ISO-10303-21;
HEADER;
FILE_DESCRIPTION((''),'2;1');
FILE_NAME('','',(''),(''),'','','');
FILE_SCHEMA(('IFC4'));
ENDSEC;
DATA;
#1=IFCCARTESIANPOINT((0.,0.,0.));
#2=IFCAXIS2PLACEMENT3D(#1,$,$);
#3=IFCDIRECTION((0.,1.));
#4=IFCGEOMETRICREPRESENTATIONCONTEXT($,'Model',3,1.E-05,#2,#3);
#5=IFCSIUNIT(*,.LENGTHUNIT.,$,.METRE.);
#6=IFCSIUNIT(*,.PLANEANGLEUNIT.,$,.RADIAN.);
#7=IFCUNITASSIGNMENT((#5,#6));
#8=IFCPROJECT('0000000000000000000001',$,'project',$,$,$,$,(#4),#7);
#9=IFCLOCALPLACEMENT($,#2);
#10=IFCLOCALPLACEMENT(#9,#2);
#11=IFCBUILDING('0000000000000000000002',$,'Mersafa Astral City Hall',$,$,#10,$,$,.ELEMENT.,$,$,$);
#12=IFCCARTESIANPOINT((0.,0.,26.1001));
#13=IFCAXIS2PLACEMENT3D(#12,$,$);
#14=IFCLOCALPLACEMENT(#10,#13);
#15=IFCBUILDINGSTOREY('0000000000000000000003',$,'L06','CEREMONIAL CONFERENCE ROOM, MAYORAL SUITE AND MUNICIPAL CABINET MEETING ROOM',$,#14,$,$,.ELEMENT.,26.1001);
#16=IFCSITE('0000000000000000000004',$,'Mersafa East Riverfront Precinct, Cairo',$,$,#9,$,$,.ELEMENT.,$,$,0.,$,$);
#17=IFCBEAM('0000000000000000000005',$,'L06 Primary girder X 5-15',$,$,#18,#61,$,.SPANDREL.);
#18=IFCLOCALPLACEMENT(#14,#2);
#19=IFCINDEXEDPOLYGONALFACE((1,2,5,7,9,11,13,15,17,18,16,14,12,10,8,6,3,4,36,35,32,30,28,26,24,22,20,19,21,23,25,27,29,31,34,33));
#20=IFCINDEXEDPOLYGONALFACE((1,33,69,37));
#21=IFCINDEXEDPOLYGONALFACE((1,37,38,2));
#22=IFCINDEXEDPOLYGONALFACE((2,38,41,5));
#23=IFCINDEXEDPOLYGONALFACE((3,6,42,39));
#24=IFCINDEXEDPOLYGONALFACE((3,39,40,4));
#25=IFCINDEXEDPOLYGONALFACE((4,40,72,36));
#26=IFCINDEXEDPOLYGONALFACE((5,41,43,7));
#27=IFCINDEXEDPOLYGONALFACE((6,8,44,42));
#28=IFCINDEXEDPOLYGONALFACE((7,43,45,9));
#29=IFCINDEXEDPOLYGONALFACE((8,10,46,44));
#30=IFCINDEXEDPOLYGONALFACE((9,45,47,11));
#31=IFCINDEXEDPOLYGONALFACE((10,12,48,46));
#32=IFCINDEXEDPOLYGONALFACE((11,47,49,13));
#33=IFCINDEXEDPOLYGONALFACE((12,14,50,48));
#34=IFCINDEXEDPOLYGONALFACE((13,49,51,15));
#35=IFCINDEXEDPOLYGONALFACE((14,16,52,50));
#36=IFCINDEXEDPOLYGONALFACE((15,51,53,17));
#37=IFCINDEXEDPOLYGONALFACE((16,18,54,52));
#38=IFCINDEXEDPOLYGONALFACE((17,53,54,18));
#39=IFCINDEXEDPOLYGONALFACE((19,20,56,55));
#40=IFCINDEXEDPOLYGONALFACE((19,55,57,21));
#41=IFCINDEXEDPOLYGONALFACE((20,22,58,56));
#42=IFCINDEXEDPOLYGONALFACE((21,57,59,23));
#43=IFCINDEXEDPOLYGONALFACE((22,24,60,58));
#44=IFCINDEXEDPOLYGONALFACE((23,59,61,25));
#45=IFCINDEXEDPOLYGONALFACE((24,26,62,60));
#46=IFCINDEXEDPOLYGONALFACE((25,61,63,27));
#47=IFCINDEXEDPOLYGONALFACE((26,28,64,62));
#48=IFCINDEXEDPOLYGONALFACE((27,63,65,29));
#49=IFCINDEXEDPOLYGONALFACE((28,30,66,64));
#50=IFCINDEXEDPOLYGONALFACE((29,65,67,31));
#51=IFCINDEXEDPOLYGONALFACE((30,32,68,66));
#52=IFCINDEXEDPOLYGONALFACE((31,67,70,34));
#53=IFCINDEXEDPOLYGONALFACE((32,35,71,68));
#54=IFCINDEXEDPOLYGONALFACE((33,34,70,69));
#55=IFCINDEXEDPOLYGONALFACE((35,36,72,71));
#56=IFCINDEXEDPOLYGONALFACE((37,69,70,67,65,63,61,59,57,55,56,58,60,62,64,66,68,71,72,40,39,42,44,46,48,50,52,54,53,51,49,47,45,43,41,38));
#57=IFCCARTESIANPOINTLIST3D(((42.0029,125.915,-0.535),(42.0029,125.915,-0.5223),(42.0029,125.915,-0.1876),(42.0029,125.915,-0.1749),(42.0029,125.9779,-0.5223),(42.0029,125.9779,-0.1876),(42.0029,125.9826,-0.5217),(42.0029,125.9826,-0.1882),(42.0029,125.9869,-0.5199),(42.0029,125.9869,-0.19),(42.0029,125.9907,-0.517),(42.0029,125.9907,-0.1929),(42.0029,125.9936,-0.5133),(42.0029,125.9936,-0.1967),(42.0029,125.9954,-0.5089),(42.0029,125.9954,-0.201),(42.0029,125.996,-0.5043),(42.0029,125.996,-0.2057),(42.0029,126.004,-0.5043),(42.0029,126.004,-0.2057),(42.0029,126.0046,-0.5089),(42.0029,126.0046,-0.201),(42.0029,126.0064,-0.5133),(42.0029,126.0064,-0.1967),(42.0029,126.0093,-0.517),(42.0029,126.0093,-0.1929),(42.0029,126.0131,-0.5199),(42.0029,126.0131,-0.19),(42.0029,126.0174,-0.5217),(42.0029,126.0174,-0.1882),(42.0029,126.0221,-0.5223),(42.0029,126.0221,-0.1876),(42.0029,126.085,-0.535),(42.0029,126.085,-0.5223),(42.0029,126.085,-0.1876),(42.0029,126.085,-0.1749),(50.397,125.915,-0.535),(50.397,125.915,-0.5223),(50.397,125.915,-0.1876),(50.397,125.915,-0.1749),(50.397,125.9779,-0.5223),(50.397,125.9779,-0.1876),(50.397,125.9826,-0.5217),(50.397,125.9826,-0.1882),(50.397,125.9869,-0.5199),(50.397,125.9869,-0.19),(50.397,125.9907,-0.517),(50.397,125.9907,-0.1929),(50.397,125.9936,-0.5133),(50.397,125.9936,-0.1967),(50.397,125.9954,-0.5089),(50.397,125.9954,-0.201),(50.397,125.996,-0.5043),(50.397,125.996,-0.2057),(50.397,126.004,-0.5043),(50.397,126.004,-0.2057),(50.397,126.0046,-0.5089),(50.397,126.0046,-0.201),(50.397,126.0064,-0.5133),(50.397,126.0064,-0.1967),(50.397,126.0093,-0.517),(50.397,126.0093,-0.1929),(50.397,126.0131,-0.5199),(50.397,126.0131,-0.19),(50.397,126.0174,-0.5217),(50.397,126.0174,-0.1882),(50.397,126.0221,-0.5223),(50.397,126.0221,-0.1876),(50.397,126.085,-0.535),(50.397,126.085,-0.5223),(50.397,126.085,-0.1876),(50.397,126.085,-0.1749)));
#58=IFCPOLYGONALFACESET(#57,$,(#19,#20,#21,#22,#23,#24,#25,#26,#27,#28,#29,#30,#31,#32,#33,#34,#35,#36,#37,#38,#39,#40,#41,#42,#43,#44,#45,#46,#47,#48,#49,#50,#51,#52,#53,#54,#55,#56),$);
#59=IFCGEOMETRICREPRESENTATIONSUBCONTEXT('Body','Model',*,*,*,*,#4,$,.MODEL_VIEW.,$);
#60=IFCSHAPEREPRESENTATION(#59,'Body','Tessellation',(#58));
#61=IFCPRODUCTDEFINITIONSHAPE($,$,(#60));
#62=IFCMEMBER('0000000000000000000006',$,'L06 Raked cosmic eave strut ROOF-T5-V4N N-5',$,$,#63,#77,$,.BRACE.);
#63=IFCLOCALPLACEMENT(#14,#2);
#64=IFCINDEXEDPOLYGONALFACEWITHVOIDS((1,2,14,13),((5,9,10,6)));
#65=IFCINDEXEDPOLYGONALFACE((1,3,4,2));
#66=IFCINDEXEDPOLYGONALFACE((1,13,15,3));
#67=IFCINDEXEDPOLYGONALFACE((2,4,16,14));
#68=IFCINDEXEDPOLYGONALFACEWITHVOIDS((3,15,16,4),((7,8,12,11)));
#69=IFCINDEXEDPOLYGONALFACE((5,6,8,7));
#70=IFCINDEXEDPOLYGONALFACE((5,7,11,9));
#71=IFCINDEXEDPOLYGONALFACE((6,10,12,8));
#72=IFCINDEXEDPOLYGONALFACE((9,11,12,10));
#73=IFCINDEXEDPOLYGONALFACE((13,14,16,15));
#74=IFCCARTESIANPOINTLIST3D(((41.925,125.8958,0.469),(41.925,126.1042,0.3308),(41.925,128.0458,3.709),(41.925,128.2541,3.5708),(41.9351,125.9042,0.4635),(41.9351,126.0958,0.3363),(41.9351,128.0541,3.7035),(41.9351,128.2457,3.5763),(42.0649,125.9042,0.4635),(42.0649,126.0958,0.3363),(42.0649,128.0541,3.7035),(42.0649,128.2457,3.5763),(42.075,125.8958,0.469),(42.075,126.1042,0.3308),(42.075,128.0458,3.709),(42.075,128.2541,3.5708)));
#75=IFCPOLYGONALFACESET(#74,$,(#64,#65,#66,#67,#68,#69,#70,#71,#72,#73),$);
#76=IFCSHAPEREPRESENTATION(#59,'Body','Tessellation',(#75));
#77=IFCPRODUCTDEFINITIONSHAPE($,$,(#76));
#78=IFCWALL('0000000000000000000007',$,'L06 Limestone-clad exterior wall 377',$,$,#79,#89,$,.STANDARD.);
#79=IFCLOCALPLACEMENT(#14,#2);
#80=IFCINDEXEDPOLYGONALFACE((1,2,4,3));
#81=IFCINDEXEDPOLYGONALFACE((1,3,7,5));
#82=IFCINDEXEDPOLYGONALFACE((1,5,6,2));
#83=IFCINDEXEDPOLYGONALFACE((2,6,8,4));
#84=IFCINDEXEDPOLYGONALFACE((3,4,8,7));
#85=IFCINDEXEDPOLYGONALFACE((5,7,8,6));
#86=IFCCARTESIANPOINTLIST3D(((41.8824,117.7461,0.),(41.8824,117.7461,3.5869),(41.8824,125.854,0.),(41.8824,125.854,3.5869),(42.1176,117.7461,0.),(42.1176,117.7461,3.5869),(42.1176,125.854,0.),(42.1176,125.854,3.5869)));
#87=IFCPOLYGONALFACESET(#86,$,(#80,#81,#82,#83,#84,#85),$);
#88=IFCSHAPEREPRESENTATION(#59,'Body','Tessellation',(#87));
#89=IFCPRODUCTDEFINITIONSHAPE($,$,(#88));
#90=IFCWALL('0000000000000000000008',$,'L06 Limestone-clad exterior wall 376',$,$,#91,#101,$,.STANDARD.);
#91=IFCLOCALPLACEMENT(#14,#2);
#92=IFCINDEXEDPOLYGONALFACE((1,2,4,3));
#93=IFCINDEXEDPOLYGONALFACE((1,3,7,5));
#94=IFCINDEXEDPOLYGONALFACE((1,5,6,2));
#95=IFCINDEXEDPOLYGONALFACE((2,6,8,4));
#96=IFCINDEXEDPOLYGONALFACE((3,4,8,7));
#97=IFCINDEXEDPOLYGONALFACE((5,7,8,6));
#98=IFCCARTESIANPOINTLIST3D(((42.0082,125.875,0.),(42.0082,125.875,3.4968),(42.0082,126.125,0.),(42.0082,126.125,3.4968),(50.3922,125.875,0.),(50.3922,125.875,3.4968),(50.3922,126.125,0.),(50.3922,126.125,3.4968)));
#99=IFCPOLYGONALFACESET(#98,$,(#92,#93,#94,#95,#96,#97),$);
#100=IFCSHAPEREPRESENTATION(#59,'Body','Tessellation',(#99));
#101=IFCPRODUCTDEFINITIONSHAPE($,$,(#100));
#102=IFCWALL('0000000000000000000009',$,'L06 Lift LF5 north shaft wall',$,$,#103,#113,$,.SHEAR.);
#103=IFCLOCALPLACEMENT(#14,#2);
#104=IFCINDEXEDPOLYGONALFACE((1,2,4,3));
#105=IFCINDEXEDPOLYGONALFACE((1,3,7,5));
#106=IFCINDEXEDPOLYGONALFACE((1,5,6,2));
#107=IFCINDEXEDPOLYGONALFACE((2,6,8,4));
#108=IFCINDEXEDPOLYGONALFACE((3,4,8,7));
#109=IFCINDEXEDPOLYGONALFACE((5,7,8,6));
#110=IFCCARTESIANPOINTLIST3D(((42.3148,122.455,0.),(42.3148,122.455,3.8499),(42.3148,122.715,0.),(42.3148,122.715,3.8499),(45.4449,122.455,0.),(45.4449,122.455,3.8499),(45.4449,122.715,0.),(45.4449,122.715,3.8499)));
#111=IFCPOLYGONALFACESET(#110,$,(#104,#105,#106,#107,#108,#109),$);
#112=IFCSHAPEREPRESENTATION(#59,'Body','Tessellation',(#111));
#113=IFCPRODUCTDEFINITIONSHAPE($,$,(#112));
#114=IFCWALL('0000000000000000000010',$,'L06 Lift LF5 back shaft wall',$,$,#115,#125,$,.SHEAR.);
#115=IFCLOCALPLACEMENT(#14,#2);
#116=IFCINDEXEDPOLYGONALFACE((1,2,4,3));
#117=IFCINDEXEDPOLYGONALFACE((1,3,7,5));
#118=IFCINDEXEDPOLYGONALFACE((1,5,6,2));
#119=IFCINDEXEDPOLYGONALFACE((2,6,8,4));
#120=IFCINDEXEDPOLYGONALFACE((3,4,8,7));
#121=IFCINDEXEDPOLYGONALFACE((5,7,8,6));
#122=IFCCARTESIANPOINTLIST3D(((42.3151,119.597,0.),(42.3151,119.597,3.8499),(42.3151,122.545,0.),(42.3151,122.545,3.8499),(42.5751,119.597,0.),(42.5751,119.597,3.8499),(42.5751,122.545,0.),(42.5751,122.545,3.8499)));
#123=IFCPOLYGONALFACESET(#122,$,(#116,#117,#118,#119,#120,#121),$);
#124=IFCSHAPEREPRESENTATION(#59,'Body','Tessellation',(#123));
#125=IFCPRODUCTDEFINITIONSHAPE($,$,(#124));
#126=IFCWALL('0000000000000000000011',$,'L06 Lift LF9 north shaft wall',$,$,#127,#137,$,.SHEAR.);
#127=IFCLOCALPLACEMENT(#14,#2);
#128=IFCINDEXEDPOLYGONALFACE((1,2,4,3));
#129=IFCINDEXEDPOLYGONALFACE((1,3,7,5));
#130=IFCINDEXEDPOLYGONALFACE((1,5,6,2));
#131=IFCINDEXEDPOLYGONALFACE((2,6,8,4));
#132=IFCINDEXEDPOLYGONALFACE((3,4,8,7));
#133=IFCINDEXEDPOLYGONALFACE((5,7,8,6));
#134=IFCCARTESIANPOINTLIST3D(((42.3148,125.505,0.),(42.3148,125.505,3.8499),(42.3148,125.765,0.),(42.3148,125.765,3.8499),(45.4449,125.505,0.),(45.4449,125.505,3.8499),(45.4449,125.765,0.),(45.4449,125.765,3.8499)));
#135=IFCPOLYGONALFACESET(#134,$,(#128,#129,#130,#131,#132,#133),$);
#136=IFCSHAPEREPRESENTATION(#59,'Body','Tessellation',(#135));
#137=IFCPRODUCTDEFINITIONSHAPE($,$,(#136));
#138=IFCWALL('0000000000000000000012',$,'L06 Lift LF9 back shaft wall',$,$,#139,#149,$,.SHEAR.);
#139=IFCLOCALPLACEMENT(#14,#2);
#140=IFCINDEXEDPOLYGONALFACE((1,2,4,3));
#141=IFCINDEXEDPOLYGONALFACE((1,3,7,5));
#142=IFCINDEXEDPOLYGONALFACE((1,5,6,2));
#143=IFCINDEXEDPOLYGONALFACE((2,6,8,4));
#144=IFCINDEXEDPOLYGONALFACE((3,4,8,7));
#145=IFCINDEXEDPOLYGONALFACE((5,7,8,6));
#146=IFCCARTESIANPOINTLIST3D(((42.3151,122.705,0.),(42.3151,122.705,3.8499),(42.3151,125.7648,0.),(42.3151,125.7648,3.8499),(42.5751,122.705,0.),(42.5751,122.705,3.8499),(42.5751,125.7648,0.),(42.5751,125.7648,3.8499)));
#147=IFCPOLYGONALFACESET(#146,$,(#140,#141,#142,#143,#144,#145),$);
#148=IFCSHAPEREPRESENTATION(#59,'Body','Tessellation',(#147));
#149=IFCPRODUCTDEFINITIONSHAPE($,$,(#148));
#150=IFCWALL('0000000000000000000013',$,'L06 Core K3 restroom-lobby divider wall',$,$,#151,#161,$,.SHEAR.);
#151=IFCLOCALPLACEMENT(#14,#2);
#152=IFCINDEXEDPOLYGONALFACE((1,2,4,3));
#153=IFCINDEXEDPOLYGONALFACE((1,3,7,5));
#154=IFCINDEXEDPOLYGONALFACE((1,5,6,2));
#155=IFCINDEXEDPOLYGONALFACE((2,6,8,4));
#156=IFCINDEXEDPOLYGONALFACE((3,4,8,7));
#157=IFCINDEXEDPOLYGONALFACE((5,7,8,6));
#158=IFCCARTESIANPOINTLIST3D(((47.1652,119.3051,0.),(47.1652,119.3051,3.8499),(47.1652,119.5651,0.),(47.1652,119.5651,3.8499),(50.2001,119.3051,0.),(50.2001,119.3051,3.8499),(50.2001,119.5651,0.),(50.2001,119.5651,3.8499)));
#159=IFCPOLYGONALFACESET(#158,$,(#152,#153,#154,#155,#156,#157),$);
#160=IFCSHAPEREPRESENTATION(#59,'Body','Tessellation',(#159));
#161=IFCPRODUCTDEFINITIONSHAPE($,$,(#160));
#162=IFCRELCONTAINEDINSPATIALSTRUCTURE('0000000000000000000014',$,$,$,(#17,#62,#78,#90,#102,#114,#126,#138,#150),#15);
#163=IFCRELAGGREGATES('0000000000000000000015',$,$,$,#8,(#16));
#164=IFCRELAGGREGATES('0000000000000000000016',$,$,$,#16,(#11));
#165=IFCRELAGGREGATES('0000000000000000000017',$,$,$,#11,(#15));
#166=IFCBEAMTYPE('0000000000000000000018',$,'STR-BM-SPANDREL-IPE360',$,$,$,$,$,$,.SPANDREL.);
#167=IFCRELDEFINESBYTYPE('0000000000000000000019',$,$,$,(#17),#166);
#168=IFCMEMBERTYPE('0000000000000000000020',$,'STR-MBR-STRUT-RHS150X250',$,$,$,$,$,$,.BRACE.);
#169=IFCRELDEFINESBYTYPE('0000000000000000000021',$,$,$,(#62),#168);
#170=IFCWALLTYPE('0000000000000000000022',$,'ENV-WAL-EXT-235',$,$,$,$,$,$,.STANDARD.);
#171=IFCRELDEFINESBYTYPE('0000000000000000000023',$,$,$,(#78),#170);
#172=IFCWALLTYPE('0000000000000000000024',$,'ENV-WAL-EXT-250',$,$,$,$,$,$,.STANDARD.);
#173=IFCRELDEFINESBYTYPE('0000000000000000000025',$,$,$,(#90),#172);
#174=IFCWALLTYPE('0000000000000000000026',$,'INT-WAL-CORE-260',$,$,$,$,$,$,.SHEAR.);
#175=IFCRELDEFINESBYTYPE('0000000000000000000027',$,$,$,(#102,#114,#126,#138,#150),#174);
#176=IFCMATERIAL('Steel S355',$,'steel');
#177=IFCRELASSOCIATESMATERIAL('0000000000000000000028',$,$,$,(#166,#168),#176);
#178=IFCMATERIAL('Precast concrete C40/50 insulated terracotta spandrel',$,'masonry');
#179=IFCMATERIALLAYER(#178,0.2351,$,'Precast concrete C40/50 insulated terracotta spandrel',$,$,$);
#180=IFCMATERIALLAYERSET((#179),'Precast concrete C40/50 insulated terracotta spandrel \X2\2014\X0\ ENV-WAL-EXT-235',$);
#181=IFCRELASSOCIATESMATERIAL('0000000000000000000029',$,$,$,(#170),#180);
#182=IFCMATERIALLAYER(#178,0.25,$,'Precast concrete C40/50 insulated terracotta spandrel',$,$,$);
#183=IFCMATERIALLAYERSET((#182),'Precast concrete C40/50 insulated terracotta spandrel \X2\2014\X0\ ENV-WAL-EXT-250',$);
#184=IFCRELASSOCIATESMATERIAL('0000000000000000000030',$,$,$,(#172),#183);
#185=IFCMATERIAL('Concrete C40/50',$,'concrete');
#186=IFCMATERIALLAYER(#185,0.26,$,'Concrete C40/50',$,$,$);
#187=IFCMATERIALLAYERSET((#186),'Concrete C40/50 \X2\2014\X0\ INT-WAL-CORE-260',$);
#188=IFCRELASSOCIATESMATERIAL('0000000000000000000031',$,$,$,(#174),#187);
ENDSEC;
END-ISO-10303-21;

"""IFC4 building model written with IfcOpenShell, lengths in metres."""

from ifc_helpers import new_model, si_unit, direction, frame, frame_2d, origin, origin_2d, place, context, subcontext, project, spatial, rectangle, hollow_rectangle, i_section, extrude, material, layer, layer_set, material_profile, profile_set, type_object, element, save


model = new_model("IFC4")

# Units and contexts
model_context = context("Model", 3, precision=1e-05, world=origin(), true_north=direction((0.0, 1.0)))
body_context = subcontext(model_context, "Body", "Model", "MODEL_VIEW")
ifc_project = project(units=[si_unit("LENGTHUNIT", "METRE"), si_unit("PLANEANGLEUNIT", "RADIAN")], contexts=[model_context])

# Site, building, storey
site_placement = place(None, origin())
site = spatial("IfcSite", under=ifc_project, at=site_placement, Name="Mersafa East Riverfront Precinct, Cairo", CompositionType="ELEMENT", RefElevation=0.0)
building_placement = place(site_placement, origin())
building = spatial("IfcBuilding", under=site, at=building_placement, Name="Mersafa Astral City Hall", CompositionType="ELEMENT")
storey_placement = place(building_placement, frame((0.0, 0.0, 26.1001)))
storey = spatial("IfcBuildingStorey", under=building, at=storey_placement, Name="L06", Description="CEREMONIAL CONFERENCE ROOM, MAYORAL SUITE AND MUNICIPAL CABINET MEETING ROOM", CompositionType="ELEMENT", Elevation=26.1001)

# Shared definitions
ifc_material_1 = material(Name="Steel S355", Category="steel")

# Beam
ifc_material_profile_1 = material_profile(ifc_material_1, i_section(OverallWidth=0.1699, OverallDepth=0.3601, WebThickness=0.0081, FlangeThickness=0.0127, FilletRadius=0.0181, at=origin_2d()), Name="IPE 360")
ifc_profile_set_1 = profile_set([ifc_material_profile_1], Name="Steel S355")
beam_type_1 = type_object("IfcBeamType", Name="STR-BM-SPANDREL-IPE360", PredefinedType="SPANDREL", material=ifc_profile_set_1)
beam_1_placement = place(storey_placement, frame((42.0029, 126.0, -0.355), z_axis=(1.0, 0.0, 0.0), x_axis=(0.0, 1.0, 0.0)))
element("IfcBeam", 1, at=beam_1_placement, inside=storey, type_object=beam_type_1, Name="L06 Primary girder X 5-15", PredefinedType="SPANDREL", context=body_context, shape_type="SweptSolid", body=[
    extrude(i_section(OverallWidth=0.1699, OverallDepth=0.3601, WebThickness=0.0081, FlangeThickness=0.0127, FilletRadius=0.0181, at=origin_2d()), origin(), (0.0, 0.0, 1.0), 8.394),
])

# Member
ifc_material_profile_2 = material_profile(ifc_material_1, hollow_rectangle(XDim=0.1499, YDim=0.25, WallThickness=0.01, at=origin_2d()), Name="RHS 150x250x10")
ifc_profile_set_2 = profile_set([ifc_material_profile_2], Name="Steel S355")
member_type = type_object("IfcMemberType", Name="STR-MBR-STRUT-RHS150X250", PredefinedType="BRACE", material=ifc_profile_set_2)
member_placement = place(storey_placement, frame((42.0, 126.0, 0.3999), z_axis=(0.0, 0.552902, 0.833246), x_axis=(-1.0, 0.0, 0.0)))
element("IfcMember", 2, at=member_placement, inside=storey, type_object=member_type, Name="L06 Raked cosmic eave strut ROOF-T5-V4N N-5", PredefinedType="BRACE", context=body_context, shape_type="SweptSolid", body=[
    extrude(hollow_rectangle(XDim=0.1499, YDim=0.25, WallThickness=0.01, at=origin_2d()), origin(), (0.0, 0.0, 1.0), 3.8884),
])

# Walls
ifc_material_2 = material(Name="Precast concrete C40/50 insulated terracotta spandrel", Category="masonry")
ifc_layer_1 = layer(ifc_material_2, 0.2351, Name="Precast concrete C40/50 insulated terracotta spandrel")
ifc_layer_set_1 = layer_set([ifc_layer_1], Name="Precast concrete C40/50 insulated terracotta spandrel — ENV-WAL-EXT-235")
wall_type_1 = type_object("IfcWallType", Name="ENV-WAL-EXT-235", PredefinedType="STANDARD", material=ifc_layer_set_1)
wall_1_placement = place(storey_placement, frame((42.0, 125.854, 0.0), z_axis=(0.0, 0.0, 1.0), x_axis=(0.0, -1.0, 0.0)))
element("IfcWall", 3, at=wall_1_placement, inside=storey, type_object=wall_type_1, Name="L06 Limestone-clad exterior wall 377", PredefinedType="STANDARD", context=body_context, shape_type="SweptSolid", body=[
    extrude(rectangle(XDim=8.1079, YDim=0.2351, at=frame_2d((4.054, 0.0))), origin(), (0.0, 0.0, 1.0), 3.5869),
])
ifc_layer_2 = layer(ifc_material_2, 0.25, Name="Precast concrete C40/50 insulated terracotta spandrel")
ifc_layer_set_2 = layer_set([ifc_layer_2], Name="Precast concrete C40/50 insulated terracotta spandrel — ENV-WAL-EXT-250")
wall_type_2 = type_object("IfcWallType", Name="ENV-WAL-EXT-250", PredefinedType="STANDARD", material=ifc_layer_set_2)
wall_2_placement = place(storey_placement, frame((50.3921, 126.0, 0.0), z_axis=(0.0, 0.0, 1.0), x_axis=(-1.0, 0.0, 0.0)))
element("IfcWall", 4, at=wall_2_placement, inside=storey, type_object=wall_type_2, Name="L06 Limestone-clad exterior wall 376", PredefinedType="STANDARD", context=body_context, shape_type="SweptSolid", body=[
    extrude(rectangle(XDim=8.384, YDim=0.25, at=frame_2d((4.1919, 0.0))), origin(), (0.0, 0.0, 1.0), 3.4968),
])
ifc_material_3 = material(Name="Concrete C40/50", Category="concrete")
ifc_layer_3 = layer(ifc_material_3, 0.26, Name="Concrete C40/50")
ifc_layer_set_3 = layer_set([ifc_layer_3], Name="Concrete C40/50 — INT-WAL-CORE-260")
wall_type_3 = type_object("IfcWallType", Name="INT-WAL-CORE-260", PredefinedType="SHEAR", material=ifc_layer_set_3)
wall_3_placement = place(storey_placement, frame((42.3149, 122.585, 0.0), z_axis=(0.0, 0.0, 1.0), x_axis=(1.0, 0.0, 0.0)))
element("IfcWall", 5, at=wall_3_placement, inside=storey, type_object=wall_type_3, Name="L06 Lift LF5 north shaft wall", PredefinedType="SHEAR", context=body_context, shape_type="SweptSolid", body=[
    extrude(rectangle(XDim=3.1301, YDim=0.26, at=frame_2d((1.5649, 0.0))), origin(), (0.0, 0.0, 1.0), 3.8499),
])
wall_4_placement = place(storey_placement, frame((42.4451, 119.5969, 0.0), z_axis=(0.0, 0.0, 1.0), x_axis=(0.0, 1.0, 0.0)))
element("IfcWall", 6, at=wall_4_placement, inside=storey, type_object=wall_type_3, Name="L06 Lift LF5 back shaft wall", PredefinedType="SHEAR", context=body_context, shape_type="SweptSolid", body=[
    extrude(rectangle(XDim=2.948, YDim=0.26, at=frame_2d((1.4741, 0.0))), origin(), (0.0, 0.0, 1.0), 3.8499),
])

# Walls
wall_5_placement = place(storey_placement, frame((42.3149, 125.635, 0.0), z_axis=(0.0, 0.0, 1.0), x_axis=(1.0, 0.0, 0.0)))
element("IfcWall", 7, at=wall_5_placement, inside=storey, type_object=wall_type_3, Name="L06 Lift LF9 north shaft wall", PredefinedType="SHEAR", context=body_context, shape_type="SweptSolid", body=[
    extrude(rectangle(XDim=3.1301, YDim=0.26, at=frame_2d((1.5649, 0.0))), origin(), (0.0, 0.0, 1.0), 3.8499),
])
wall_6_placement = place(storey_placement, frame((42.4451, 122.7051, 0.0), z_axis=(0.0, 0.0, 1.0), x_axis=(0.0, 1.0, 0.0)))
element("IfcWall", 8, at=wall_6_placement, inside=storey, type_object=wall_type_3, Name="L06 Lift LF9 back shaft wall", PredefinedType="SHEAR", context=body_context, shape_type="SweptSolid", body=[
    extrude(rectangle(XDim=3.0598, YDim=0.26, at=frame_2d((1.5298, 0.0))), origin(), (0.0, 0.0, 1.0), 3.8499),
])

# Wall
wall_7_placement = place(storey_placement, frame((47.165, 119.4351, 0.0), z_axis=(0.0, 0.0, 1.0), x_axis=(1.0, 0.0, 0.0)))
element("IfcWall", 9, at=wall_7_placement, inside=storey, type_object=wall_type_3, Name="L06 Core K3 restroom-lobby divider wall", PredefinedType="SHEAR", context=body_context, shape_type="SweptSolid", body=[
    extrude(rectangle(XDim=3.0349, YDim=0.26, at=frame_2d((1.5176, 0.0))), origin(), (0.0, 0.0, 1.0), 3.8499),
])

save(model, "model.ifc")
